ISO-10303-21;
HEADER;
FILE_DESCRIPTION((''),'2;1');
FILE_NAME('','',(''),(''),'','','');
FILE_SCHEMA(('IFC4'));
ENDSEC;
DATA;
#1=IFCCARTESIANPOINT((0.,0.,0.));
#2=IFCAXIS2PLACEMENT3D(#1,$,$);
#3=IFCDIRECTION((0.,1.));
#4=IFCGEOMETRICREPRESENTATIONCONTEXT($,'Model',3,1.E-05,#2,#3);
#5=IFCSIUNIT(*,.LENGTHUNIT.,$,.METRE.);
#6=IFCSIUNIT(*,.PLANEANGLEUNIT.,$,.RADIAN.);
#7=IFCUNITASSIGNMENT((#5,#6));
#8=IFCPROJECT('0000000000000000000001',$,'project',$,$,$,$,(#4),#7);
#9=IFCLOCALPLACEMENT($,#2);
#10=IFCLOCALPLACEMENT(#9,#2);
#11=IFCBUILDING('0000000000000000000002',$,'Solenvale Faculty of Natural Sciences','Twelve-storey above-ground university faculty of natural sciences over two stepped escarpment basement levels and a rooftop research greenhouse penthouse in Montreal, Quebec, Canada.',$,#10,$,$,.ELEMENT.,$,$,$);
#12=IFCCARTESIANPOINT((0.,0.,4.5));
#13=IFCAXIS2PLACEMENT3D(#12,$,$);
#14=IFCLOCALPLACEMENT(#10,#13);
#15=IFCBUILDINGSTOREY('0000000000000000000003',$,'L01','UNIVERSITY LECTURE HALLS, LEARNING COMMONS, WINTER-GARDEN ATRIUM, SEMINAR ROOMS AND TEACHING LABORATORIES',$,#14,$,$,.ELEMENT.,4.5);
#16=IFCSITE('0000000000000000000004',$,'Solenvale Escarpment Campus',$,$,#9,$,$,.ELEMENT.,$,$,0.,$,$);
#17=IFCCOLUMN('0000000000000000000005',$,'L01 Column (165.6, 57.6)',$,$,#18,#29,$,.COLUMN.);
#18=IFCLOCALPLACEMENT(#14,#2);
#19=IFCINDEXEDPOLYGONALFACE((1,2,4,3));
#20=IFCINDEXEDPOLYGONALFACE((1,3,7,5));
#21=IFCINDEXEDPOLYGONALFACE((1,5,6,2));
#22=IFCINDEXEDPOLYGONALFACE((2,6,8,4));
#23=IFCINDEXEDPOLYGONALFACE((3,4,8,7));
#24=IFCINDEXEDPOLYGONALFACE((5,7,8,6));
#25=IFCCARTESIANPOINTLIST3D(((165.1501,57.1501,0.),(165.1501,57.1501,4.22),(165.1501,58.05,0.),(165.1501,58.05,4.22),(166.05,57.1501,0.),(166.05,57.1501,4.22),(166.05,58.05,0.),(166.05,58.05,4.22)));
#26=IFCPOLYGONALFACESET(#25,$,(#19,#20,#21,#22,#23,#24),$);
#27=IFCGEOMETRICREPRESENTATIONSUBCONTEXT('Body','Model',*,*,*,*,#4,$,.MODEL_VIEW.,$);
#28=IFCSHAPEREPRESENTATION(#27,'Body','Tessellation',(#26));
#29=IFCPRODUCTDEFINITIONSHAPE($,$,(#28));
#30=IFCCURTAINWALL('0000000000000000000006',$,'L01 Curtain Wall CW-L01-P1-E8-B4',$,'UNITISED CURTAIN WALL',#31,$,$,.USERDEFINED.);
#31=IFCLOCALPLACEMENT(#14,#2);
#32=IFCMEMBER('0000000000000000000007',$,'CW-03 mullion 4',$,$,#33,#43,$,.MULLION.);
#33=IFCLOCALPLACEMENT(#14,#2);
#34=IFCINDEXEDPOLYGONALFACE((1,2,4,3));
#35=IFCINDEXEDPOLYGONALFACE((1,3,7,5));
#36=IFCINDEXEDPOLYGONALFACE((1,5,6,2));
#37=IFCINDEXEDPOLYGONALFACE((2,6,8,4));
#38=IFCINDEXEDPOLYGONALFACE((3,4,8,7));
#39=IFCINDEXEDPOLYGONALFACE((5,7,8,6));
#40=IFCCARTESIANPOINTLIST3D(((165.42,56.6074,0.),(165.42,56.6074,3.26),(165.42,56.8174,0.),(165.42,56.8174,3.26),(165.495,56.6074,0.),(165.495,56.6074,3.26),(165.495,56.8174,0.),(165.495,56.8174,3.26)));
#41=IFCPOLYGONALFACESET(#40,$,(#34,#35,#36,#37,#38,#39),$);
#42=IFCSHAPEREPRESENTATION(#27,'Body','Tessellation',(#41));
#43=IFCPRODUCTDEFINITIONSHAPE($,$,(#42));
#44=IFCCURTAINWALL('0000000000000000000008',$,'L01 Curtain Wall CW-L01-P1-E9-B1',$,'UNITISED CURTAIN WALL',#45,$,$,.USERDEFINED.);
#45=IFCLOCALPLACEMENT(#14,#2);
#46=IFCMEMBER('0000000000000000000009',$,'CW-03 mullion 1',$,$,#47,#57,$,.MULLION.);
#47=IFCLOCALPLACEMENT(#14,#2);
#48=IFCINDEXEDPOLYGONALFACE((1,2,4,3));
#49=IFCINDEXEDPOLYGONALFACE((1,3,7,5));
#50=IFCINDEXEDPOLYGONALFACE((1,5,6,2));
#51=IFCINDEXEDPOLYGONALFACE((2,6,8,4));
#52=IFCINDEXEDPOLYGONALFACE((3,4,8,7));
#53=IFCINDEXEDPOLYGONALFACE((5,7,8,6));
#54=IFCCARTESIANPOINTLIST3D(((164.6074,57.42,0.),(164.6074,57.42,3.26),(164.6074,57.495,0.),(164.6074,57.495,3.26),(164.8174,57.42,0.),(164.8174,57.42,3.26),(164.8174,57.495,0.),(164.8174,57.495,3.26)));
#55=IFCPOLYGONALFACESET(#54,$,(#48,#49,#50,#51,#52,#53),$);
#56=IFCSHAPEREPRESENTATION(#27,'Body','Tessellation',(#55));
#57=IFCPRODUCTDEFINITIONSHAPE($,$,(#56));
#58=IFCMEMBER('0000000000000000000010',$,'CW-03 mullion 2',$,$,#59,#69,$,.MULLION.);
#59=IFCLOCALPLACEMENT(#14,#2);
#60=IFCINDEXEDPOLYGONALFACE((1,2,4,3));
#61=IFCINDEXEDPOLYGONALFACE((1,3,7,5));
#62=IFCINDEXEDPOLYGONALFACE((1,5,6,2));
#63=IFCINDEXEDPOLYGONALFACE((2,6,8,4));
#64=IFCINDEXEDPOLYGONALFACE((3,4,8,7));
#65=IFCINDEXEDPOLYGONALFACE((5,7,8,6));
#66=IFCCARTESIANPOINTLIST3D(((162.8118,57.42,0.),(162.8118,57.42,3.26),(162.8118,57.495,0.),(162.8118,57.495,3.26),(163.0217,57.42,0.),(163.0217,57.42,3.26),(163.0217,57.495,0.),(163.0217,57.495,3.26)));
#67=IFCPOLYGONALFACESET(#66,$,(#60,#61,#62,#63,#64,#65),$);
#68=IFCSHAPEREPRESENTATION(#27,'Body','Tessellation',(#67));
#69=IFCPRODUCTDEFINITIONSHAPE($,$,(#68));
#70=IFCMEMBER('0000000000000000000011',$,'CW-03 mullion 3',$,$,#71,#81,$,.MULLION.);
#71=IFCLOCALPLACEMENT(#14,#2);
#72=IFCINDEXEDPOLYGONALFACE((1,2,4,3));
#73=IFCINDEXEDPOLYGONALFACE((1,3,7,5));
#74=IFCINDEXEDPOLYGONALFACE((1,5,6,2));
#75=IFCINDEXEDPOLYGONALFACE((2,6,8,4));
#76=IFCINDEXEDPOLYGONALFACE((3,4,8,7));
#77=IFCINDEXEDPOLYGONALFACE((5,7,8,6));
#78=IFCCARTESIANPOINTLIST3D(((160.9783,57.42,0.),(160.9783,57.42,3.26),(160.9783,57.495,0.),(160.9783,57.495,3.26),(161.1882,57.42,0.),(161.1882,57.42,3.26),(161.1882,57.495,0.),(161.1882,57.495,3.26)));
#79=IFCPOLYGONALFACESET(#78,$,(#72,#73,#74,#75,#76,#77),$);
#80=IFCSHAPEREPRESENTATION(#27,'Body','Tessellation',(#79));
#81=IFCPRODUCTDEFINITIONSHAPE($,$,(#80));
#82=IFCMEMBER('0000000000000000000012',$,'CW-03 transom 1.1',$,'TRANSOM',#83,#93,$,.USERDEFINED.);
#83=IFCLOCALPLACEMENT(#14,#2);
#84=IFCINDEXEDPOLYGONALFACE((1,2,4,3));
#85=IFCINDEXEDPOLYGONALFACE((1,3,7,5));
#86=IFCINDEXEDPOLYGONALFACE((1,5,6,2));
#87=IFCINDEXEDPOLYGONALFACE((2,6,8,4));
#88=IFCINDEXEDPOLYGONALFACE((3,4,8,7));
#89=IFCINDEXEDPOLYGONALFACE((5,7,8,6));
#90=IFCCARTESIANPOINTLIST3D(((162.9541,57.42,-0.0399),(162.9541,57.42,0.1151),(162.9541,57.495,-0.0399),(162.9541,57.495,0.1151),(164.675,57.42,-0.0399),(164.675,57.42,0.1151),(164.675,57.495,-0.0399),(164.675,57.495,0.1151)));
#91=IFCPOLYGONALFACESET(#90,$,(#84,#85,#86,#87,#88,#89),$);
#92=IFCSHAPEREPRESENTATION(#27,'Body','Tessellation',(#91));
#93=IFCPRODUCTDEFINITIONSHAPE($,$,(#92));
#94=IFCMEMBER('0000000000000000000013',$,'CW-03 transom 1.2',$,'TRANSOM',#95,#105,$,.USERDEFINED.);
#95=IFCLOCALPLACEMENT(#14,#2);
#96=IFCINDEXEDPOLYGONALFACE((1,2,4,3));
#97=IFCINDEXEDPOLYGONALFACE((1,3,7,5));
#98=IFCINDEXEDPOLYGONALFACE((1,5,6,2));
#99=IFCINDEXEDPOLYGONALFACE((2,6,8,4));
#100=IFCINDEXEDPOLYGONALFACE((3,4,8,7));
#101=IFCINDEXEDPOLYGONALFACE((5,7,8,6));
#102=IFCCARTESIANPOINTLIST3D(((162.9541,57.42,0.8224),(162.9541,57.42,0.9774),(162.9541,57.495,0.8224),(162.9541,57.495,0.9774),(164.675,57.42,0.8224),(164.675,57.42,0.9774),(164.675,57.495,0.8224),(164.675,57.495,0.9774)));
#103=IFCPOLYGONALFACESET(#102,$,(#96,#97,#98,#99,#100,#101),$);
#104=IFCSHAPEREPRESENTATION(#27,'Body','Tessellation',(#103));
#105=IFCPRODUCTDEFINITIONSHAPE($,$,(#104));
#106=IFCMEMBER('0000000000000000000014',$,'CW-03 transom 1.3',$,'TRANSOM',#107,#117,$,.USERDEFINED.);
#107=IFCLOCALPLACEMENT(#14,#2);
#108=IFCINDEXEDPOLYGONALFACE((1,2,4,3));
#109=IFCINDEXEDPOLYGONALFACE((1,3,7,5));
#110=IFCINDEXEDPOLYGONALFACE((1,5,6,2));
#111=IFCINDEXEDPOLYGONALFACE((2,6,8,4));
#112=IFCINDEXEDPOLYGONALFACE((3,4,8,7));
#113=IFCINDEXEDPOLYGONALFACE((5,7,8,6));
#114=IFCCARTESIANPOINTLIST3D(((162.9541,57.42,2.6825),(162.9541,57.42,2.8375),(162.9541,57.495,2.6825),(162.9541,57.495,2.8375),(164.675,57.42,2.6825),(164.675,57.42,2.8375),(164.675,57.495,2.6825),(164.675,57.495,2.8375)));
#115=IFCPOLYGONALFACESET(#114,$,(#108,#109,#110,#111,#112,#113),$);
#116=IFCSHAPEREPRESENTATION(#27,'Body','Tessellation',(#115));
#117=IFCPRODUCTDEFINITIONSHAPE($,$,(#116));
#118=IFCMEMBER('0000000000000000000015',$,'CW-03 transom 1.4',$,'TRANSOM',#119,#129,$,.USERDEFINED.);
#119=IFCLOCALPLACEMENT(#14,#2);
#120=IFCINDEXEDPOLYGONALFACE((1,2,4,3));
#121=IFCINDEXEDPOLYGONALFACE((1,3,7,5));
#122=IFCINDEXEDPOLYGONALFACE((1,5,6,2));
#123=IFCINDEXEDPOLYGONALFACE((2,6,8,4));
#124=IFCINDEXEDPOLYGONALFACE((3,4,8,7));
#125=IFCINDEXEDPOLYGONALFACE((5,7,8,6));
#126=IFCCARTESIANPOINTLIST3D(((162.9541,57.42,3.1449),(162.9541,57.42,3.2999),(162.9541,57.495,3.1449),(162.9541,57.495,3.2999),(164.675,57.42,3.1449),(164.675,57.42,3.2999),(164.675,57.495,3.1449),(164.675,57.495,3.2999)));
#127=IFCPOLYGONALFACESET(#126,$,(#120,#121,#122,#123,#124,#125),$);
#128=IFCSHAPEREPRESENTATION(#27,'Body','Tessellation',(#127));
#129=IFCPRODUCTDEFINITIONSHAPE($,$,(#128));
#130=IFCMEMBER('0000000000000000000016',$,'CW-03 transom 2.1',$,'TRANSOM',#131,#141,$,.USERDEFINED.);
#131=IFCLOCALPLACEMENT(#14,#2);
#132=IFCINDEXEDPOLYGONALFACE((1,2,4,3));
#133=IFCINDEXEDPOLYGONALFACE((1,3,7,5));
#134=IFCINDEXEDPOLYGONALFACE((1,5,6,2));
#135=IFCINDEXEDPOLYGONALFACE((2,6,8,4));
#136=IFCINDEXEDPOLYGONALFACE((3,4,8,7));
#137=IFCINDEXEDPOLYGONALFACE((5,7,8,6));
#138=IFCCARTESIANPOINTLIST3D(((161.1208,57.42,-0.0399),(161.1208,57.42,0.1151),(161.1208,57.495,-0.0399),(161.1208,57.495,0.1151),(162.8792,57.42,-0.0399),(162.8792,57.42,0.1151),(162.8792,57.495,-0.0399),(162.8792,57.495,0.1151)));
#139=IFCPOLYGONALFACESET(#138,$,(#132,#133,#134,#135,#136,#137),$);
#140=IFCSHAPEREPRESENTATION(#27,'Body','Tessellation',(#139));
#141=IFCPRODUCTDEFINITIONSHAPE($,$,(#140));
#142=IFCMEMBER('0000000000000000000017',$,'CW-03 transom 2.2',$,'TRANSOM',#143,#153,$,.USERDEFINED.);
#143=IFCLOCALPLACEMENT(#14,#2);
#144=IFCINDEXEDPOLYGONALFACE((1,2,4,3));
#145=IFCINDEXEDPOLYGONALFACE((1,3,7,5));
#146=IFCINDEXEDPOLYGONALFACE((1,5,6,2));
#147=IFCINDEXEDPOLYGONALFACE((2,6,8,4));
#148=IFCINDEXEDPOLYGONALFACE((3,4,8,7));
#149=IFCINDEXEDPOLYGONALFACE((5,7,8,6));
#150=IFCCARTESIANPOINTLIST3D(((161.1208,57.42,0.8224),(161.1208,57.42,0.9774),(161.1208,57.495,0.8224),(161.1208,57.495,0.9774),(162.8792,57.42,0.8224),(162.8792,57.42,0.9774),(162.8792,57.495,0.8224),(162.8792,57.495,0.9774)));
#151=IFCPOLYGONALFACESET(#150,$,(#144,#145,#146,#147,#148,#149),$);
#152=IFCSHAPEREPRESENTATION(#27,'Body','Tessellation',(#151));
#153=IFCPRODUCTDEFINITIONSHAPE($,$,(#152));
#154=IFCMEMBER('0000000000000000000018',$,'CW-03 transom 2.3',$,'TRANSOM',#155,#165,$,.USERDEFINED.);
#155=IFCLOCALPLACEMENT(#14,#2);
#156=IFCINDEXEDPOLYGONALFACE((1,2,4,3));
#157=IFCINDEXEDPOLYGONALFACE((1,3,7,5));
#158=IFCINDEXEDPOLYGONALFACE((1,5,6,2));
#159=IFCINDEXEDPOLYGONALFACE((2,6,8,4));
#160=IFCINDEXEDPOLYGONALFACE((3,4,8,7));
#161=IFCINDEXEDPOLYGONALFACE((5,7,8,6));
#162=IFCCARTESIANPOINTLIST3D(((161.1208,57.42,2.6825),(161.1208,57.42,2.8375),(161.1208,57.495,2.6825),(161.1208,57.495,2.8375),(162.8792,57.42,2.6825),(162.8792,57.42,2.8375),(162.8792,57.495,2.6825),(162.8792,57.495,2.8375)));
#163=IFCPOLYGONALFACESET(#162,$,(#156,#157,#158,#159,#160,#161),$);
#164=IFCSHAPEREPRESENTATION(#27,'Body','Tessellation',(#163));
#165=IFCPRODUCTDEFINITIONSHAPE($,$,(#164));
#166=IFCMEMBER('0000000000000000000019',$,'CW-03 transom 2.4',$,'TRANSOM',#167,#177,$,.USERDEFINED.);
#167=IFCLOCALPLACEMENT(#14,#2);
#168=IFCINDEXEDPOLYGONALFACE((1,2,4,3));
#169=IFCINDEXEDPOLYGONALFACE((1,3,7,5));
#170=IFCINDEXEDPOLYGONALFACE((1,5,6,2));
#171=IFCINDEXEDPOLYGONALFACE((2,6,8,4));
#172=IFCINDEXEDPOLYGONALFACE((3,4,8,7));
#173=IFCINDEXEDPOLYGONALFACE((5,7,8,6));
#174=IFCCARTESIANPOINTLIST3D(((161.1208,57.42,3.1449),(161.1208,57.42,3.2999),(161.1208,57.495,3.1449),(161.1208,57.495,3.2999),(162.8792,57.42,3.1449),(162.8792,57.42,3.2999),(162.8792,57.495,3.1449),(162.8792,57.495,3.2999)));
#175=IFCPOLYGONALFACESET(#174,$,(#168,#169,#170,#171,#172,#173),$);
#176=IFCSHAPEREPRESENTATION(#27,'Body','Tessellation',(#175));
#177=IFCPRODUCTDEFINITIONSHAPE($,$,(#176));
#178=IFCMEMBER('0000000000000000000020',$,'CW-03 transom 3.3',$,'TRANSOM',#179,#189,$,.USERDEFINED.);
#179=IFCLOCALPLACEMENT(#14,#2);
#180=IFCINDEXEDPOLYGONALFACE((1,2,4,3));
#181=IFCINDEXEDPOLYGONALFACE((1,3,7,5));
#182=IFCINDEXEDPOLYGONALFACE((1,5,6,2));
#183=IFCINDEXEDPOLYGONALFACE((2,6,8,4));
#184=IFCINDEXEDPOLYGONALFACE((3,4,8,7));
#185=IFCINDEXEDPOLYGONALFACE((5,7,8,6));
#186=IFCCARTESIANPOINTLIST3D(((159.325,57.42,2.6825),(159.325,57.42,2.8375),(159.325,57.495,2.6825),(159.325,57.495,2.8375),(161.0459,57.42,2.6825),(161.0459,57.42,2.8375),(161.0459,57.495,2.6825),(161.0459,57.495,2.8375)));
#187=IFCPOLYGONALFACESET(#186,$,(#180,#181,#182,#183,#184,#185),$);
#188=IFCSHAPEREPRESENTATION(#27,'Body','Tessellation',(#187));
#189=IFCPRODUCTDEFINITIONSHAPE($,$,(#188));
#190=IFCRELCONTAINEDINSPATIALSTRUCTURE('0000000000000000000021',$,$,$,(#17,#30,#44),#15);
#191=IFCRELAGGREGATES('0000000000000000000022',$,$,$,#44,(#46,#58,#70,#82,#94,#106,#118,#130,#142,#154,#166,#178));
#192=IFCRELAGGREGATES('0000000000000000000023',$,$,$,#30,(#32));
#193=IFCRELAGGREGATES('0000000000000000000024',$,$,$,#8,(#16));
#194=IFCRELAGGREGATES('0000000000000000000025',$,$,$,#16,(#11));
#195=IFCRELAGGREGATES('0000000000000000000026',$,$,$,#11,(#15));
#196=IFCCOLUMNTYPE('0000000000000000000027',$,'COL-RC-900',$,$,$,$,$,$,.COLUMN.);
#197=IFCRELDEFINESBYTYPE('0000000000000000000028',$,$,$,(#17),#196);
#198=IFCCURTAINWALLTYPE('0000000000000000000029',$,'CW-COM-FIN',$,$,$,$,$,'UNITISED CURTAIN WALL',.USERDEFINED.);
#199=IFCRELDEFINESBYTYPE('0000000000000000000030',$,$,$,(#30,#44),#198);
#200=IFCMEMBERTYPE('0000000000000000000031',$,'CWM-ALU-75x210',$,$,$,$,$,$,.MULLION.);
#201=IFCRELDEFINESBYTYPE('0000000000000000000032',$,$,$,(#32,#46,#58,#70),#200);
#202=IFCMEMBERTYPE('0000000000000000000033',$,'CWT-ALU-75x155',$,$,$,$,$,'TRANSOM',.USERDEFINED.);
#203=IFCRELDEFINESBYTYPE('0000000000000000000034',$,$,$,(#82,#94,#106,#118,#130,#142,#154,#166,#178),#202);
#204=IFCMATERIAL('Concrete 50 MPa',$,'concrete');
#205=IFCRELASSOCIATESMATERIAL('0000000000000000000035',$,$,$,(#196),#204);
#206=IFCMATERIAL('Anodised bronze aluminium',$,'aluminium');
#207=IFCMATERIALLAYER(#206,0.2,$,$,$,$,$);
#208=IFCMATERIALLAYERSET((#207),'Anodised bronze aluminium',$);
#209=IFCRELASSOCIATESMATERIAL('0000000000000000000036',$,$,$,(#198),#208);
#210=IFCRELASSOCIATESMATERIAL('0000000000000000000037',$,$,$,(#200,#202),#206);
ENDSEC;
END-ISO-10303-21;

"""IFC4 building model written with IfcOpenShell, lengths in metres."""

from ifc_helpers import new_model, si_unit, direction, frame, origin, origin_2d, place, context, subcontext, project, spatial, rectangle, extrude, material, layer, layer_set, material_profile, profile_set, type_object, element, aggregate, save


model = new_model("IFC4")

# Units and contexts
model_context = context("Model", 3, precision=1e-05, world=origin(), true_north=direction((0.0, 1.0)))
body_context = subcontext(model_context, "Body", "Model", "MODEL_VIEW")
ifc_project = project(units=[si_unit("LENGTHUNIT", "METRE"), si_unit("PLANEANGLEUNIT", "RADIAN")], contexts=[model_context])

# Site, building, storey
site_placement = place(None, origin())
site = spatial("IfcSite", under=ifc_project, at=site_placement, Name="Solenvale Escarpment Campus", CompositionType="ELEMENT", RefElevation=0.0)
building_placement = place(site_placement, origin())
building = spatial("IfcBuilding", under=site, at=building_placement, Name="Solenvale Faculty of Natural Sciences", Description="Twelve-storey above-ground university faculty of natural sciences over two stepped escarpment basement levels and a rooftop research greenhouse penthouse in Montreal, Quebec, Canada.", CompositionType="ELEMENT")
storey_placement = place(building_placement, frame((0.0, 0.0, 4.5)))
storey = spatial("IfcBuildingStorey", under=building, at=storey_placement, Name="L01", Description="UNIVERSITY LECTURE HALLS, LEARNING COMMONS, WINTER-GARDEN ATRIUM, SEMINAR ROOMS AND TEACHING LABORATORIES", CompositionType="ELEMENT", Elevation=4.5)

# Column
ifc_material_1 = material(Name="Concrete 50 MPa", Category="concrete")
ifc_material_profile_1 = material_profile(ifc_material_1, rectangle(XDim=0.8999, YDim=0.8999, at=origin_2d()), Name="RC-COL-900x900")
ifc_profile_set_1 = profile_set([ifc_material_profile_1], Name="Concrete 50 MPa")
column_type = type_object("IfcColumnType", Name="COL-RC-900", PredefinedType="COLUMN", material=ifc_profile_set_1)
column_placement = place(storey_placement, frame((165.6001, 57.6001, 0.0), z_axis=(0.0, 0.0, 1.0), x_axis=(1.0, 0.0, 0.0)))
element("IfcColumn", 1, at=column_placement, inside=storey, type_object=column_type, Name="L01 Column (165.6, 57.6)", PredefinedType="COLUMN", context=body_context, shape_type="SweptSolid", body=[
    extrude(rectangle(XDim=0.8999, YDim=0.8999, at=origin_2d()), origin(), (0.0, 0.0, 1.0), 4.22),
])

# Curtain wall, member
ifc_material_2 = material(Name="Anodised bronze aluminium", Category="aluminium")
ifc_layer_1 = layer(ifc_material_2, 0.2)
ifc_layer_set_1 = layer_set([ifc_layer_1], Name="Anodised bronze aluminium")
curtain_wall_type = type_object("IfcCurtainWallType", Name="CW-COM-FIN", ElementType="UNITISED CURTAIN WALL", PredefinedType="USERDEFINED", material=ifc_layer_set_1)
curtain_wall_1_placement = place(storey_placement, origin())
curtain_wall_1 = element("IfcCurtainWall", 2, at=curtain_wall_1_placement, inside=storey, type_object=curtain_wall_type, Name="L01 Curtain Wall CW-L01-P1-E8-B4", ObjectType="UNITISED CURTAIN WALL", PredefinedType="USERDEFINED")
ifc_material_profile_2 = material_profile(ifc_material_2, rectangle(XDim=0.075, YDim=0.21, at=origin_2d()), Name="ALU-MUL-75x210")
ifc_profile_set_2 = profile_set([ifc_material_profile_2], Name="Anodised bronze aluminium")
member_type_1 = type_object("IfcMemberType", Name="CWM-ALU-75x210", PredefinedType="MULLION", material=ifc_profile_set_2)
member_1_placement = place(storey_placement, frame((165.4575, 56.7124, 0.0), z_axis=(0.0, 0.0, 1.0), x_axis=(-1.0, 0.0, 0.0)))
member_1 = element("IfcMember", 3, at=member_1_placement, type_object=member_type_1, Name="CW-03 mullion 4", PredefinedType="MULLION", context=body_context, shape_type="SweptSolid", body=[
    extrude(rectangle(XDim=0.075, YDim=0.21, at=origin_2d()), origin(), (0.0, 0.0, 1.0), 3.26),
])

# Curtain wall, members
curtain_wall_2_placement = place(storey_placement, origin())
curtain_wall_2 = element("IfcCurtainWall", 4, at=curtain_wall_2_placement, inside=storey, type_object=curtain_wall_type, Name="L01 Curtain Wall CW-L01-P1-E9-B1", ObjectType="UNITISED CURTAIN WALL", PredefinedType="USERDEFINED")
member_2_placement = place(storey_placement, frame((164.7124, 57.4575, 0.0), z_axis=(0.0, 0.0, 1.0), x_axis=(0.0, -1.0, 0.0)))
member_2 = element("IfcMember", 5, at=member_2_placement, type_object=member_type_1, Name="CW-03 mullion 1", PredefinedType="MULLION", context=body_context, shape_type="SweptSolid", body=[
    extrude(rectangle(XDim=0.075, YDim=0.21, at=origin_2d()), origin(), (0.0, 0.0, 1.0), 3.26),
])
member_3_placement = place(storey_placement, frame((162.9167, 57.4575, 0.0), z_axis=(0.0, 0.0, 1.0), x_axis=(0.0, -1.0, 0.0)))
member_3 = element("IfcMember", 6, at=member_3_placement, type_object=member_type_1, Name="CW-03 mullion 2", PredefinedType="MULLION", context=body_context, shape_type="SweptSolid", body=[
    extrude(rectangle(XDim=0.075, YDim=0.21, at=origin_2d()), origin(), (0.0, 0.0, 1.0), 3.26),
])
member_4_placement = place(storey_placement, frame((161.0833, 57.4575, 0.0), z_axis=(0.0, 0.0, 1.0), x_axis=(0.0, -1.0, 0.0)))
member_4 = element("IfcMember", 7, at=member_4_placement, type_object=member_type_1, Name="CW-03 mullion 3", PredefinedType="MULLION", context=body_context, shape_type="SweptSolid", body=[
    extrude(rectangle(XDim=0.075, YDim=0.21, at=origin_2d()), origin(), (0.0, 0.0, 1.0), 3.26),
])
ifc_material_profile_3 = material_profile(ifc_material_2, rectangle(XDim=0.075, YDim=0.155, at=origin_2d()), Name="ALU-TRN-75x155")
ifc_profile_set_3 = profile_set([ifc_material_profile_3], Name="Anodised bronze aluminium")
member_type_2 = type_object("IfcMemberType", Name="CWT-ALU-75x155", ElementType="TRANSOM", PredefinedType="USERDEFINED", material=ifc_profile_set_3)
member_5_placement = place(storey_placement, frame((164.675, 57.4575, 0.0376), z_axis=(-1.0, 0.0, 0.0), x_axis=(0.0, -1.0, 0.0)))
member_5 = element("IfcMember", 8, at=member_5_placement, type_object=member_type_2, Name="CW-03 transom 1.1", ObjectType="TRANSOM", PredefinedType="USERDEFINED", context=body_context, shape_type="SweptSolid", body=[
    extrude(rectangle(XDim=0.075, YDim=0.155, at=origin_2d()), origin(), (0.0, 0.0, 1.0), 1.7209),
])
member_6_placement = place(storey_placement, frame((164.675, 57.4575, 0.8999), z_axis=(-1.0, 0.0, 0.0), x_axis=(0.0, -1.0, 0.0)))
member_6 = element("IfcMember", 9, at=member_6_placement, type_object=member_type_2, Name="CW-03 transom 1.2", ObjectType="TRANSOM", PredefinedType="USERDEFINED", context=body_context, shape_type="SweptSolid", body=[
    extrude(rectangle(XDim=0.075, YDim=0.155, at=origin_2d()), origin(), (0.0, 0.0, 1.0), 1.7209),
])
member_7_placement = place(storey_placement, frame((164.675, 57.4575, 2.76), z_axis=(-1.0, 0.0, 0.0), x_axis=(0.0, -1.0, 0.0)))
member_7 = element("IfcMember", 10, at=member_7_placement, type_object=member_type_2, Name="CW-03 transom 1.3", ObjectType="TRANSOM", PredefinedType="USERDEFINED", context=body_context, shape_type="SweptSolid", body=[
    extrude(rectangle(XDim=0.075, YDim=0.155, at=origin_2d()), origin(), (0.0, 0.0, 1.0), 1.7209),
])
member_8_placement = place(storey_placement, frame((164.675, 57.4575, 3.2224), z_axis=(-1.0, 0.0, 0.0), x_axis=(0.0, -1.0, 0.0)))
member_8 = element("IfcMember", 11, at=member_8_placement, type_object=member_type_2, Name="CW-03 transom 1.4", ObjectType="TRANSOM", PredefinedType="USERDEFINED", context=body_context, shape_type="SweptSolid", body=[
    extrude(rectangle(XDim=0.075, YDim=0.155, at=origin_2d()), origin(), (0.0, 0.0, 1.0), 1.7209),
])
member_9_placement = place(storey_placement, frame((162.8792, 57.4575, 0.0376), z_axis=(-1.0, 0.0, 0.0), x_axis=(0.0, -1.0, 0.0)))
member_9 = element("IfcMember", 12, at=member_9_placement, type_object=member_type_2, Name="CW-03 transom 2.1", ObjectType="TRANSOM", PredefinedType="USERDEFINED", context=body_context, shape_type="SweptSolid", body=[
    extrude(rectangle(XDim=0.075, YDim=0.155, at=origin_2d()), origin(), (0.0, 0.0, 1.0), 1.7583),
])
member_10_placement = place(storey_placement, frame((162.8792, 57.4575, 0.8999), z_axis=(-1.0, 0.0, 0.0), x_axis=(0.0, -1.0, 0.0)))
member_10 = element("IfcMember", 13, at=member_10_placement, type_object=member_type_2, Name="CW-03 transom 2.2", ObjectType="TRANSOM", PredefinedType="USERDEFINED", context=body_context, shape_type="SweptSolid", body=[
    extrude(rectangle(XDim=0.075, YDim=0.155, at=origin_2d()), origin(), (0.0, 0.0, 1.0), 1.7583),
])
member_11_placement = place(storey_placement, frame((162.8792, 57.4575, 2.76), z_axis=(-1.0, 0.0, 0.0), x_axis=(0.0, -1.0, 0.0)))
member_11 = element("IfcMember", 14, at=member_11_placement, type_object=member_type_2, Name="CW-03 transom 2.3", ObjectType="TRANSOM", PredefinedType="USERDEFINED", context=body_context, shape_type="SweptSolid", body=[
    extrude(rectangle(XDim=0.075, YDim=0.155, at=origin_2d()), origin(), (0.0, 0.0, 1.0), 1.7583),
])
member_12_placement = place(storey_placement, frame((162.8792, 57.4575, 3.2224), z_axis=(-1.0, 0.0, 0.0), x_axis=(0.0, -1.0, 0.0)))
member_12 = element("IfcMember", 15, at=member_12_placement, type_object=member_type_2, Name="CW-03 transom 2.4", ObjectType="TRANSOM", PredefinedType="USERDEFINED", context=body_context, shape_type="SweptSolid", body=[
    extrude(rectangle(XDim=0.075, YDim=0.155, at=origin_2d()), origin(), (0.0, 0.0, 1.0), 1.7583),
])
member_13_placement = place(storey_placement, frame((161.0459, 57.4575, 2.76), z_axis=(-1.0, 0.0, 0.0), x_axis=(0.0, -1.0, 0.0)))
member_13 = element("IfcMember", 16, at=member_13_placement, type_object=member_type_2, Name="CW-03 transom 3.3", ObjectType="TRANSOM", PredefinedType="USERDEFINED", context=body_context, shape_type="SweptSolid", body=[
    extrude(rectangle(XDim=0.075, YDim=0.155, at=origin_2d()), origin(), (0.0, 0.0, 1.0), 1.7209),
])
aggregate(curtain_wall_2, [member_2, member_3, member_4, member_5, member_6, member_7, member_8, member_9, member_10, member_11, member_12, member_13])

aggregate(curtain_wall_1, [member_1])

save(model, "model.ifc")
